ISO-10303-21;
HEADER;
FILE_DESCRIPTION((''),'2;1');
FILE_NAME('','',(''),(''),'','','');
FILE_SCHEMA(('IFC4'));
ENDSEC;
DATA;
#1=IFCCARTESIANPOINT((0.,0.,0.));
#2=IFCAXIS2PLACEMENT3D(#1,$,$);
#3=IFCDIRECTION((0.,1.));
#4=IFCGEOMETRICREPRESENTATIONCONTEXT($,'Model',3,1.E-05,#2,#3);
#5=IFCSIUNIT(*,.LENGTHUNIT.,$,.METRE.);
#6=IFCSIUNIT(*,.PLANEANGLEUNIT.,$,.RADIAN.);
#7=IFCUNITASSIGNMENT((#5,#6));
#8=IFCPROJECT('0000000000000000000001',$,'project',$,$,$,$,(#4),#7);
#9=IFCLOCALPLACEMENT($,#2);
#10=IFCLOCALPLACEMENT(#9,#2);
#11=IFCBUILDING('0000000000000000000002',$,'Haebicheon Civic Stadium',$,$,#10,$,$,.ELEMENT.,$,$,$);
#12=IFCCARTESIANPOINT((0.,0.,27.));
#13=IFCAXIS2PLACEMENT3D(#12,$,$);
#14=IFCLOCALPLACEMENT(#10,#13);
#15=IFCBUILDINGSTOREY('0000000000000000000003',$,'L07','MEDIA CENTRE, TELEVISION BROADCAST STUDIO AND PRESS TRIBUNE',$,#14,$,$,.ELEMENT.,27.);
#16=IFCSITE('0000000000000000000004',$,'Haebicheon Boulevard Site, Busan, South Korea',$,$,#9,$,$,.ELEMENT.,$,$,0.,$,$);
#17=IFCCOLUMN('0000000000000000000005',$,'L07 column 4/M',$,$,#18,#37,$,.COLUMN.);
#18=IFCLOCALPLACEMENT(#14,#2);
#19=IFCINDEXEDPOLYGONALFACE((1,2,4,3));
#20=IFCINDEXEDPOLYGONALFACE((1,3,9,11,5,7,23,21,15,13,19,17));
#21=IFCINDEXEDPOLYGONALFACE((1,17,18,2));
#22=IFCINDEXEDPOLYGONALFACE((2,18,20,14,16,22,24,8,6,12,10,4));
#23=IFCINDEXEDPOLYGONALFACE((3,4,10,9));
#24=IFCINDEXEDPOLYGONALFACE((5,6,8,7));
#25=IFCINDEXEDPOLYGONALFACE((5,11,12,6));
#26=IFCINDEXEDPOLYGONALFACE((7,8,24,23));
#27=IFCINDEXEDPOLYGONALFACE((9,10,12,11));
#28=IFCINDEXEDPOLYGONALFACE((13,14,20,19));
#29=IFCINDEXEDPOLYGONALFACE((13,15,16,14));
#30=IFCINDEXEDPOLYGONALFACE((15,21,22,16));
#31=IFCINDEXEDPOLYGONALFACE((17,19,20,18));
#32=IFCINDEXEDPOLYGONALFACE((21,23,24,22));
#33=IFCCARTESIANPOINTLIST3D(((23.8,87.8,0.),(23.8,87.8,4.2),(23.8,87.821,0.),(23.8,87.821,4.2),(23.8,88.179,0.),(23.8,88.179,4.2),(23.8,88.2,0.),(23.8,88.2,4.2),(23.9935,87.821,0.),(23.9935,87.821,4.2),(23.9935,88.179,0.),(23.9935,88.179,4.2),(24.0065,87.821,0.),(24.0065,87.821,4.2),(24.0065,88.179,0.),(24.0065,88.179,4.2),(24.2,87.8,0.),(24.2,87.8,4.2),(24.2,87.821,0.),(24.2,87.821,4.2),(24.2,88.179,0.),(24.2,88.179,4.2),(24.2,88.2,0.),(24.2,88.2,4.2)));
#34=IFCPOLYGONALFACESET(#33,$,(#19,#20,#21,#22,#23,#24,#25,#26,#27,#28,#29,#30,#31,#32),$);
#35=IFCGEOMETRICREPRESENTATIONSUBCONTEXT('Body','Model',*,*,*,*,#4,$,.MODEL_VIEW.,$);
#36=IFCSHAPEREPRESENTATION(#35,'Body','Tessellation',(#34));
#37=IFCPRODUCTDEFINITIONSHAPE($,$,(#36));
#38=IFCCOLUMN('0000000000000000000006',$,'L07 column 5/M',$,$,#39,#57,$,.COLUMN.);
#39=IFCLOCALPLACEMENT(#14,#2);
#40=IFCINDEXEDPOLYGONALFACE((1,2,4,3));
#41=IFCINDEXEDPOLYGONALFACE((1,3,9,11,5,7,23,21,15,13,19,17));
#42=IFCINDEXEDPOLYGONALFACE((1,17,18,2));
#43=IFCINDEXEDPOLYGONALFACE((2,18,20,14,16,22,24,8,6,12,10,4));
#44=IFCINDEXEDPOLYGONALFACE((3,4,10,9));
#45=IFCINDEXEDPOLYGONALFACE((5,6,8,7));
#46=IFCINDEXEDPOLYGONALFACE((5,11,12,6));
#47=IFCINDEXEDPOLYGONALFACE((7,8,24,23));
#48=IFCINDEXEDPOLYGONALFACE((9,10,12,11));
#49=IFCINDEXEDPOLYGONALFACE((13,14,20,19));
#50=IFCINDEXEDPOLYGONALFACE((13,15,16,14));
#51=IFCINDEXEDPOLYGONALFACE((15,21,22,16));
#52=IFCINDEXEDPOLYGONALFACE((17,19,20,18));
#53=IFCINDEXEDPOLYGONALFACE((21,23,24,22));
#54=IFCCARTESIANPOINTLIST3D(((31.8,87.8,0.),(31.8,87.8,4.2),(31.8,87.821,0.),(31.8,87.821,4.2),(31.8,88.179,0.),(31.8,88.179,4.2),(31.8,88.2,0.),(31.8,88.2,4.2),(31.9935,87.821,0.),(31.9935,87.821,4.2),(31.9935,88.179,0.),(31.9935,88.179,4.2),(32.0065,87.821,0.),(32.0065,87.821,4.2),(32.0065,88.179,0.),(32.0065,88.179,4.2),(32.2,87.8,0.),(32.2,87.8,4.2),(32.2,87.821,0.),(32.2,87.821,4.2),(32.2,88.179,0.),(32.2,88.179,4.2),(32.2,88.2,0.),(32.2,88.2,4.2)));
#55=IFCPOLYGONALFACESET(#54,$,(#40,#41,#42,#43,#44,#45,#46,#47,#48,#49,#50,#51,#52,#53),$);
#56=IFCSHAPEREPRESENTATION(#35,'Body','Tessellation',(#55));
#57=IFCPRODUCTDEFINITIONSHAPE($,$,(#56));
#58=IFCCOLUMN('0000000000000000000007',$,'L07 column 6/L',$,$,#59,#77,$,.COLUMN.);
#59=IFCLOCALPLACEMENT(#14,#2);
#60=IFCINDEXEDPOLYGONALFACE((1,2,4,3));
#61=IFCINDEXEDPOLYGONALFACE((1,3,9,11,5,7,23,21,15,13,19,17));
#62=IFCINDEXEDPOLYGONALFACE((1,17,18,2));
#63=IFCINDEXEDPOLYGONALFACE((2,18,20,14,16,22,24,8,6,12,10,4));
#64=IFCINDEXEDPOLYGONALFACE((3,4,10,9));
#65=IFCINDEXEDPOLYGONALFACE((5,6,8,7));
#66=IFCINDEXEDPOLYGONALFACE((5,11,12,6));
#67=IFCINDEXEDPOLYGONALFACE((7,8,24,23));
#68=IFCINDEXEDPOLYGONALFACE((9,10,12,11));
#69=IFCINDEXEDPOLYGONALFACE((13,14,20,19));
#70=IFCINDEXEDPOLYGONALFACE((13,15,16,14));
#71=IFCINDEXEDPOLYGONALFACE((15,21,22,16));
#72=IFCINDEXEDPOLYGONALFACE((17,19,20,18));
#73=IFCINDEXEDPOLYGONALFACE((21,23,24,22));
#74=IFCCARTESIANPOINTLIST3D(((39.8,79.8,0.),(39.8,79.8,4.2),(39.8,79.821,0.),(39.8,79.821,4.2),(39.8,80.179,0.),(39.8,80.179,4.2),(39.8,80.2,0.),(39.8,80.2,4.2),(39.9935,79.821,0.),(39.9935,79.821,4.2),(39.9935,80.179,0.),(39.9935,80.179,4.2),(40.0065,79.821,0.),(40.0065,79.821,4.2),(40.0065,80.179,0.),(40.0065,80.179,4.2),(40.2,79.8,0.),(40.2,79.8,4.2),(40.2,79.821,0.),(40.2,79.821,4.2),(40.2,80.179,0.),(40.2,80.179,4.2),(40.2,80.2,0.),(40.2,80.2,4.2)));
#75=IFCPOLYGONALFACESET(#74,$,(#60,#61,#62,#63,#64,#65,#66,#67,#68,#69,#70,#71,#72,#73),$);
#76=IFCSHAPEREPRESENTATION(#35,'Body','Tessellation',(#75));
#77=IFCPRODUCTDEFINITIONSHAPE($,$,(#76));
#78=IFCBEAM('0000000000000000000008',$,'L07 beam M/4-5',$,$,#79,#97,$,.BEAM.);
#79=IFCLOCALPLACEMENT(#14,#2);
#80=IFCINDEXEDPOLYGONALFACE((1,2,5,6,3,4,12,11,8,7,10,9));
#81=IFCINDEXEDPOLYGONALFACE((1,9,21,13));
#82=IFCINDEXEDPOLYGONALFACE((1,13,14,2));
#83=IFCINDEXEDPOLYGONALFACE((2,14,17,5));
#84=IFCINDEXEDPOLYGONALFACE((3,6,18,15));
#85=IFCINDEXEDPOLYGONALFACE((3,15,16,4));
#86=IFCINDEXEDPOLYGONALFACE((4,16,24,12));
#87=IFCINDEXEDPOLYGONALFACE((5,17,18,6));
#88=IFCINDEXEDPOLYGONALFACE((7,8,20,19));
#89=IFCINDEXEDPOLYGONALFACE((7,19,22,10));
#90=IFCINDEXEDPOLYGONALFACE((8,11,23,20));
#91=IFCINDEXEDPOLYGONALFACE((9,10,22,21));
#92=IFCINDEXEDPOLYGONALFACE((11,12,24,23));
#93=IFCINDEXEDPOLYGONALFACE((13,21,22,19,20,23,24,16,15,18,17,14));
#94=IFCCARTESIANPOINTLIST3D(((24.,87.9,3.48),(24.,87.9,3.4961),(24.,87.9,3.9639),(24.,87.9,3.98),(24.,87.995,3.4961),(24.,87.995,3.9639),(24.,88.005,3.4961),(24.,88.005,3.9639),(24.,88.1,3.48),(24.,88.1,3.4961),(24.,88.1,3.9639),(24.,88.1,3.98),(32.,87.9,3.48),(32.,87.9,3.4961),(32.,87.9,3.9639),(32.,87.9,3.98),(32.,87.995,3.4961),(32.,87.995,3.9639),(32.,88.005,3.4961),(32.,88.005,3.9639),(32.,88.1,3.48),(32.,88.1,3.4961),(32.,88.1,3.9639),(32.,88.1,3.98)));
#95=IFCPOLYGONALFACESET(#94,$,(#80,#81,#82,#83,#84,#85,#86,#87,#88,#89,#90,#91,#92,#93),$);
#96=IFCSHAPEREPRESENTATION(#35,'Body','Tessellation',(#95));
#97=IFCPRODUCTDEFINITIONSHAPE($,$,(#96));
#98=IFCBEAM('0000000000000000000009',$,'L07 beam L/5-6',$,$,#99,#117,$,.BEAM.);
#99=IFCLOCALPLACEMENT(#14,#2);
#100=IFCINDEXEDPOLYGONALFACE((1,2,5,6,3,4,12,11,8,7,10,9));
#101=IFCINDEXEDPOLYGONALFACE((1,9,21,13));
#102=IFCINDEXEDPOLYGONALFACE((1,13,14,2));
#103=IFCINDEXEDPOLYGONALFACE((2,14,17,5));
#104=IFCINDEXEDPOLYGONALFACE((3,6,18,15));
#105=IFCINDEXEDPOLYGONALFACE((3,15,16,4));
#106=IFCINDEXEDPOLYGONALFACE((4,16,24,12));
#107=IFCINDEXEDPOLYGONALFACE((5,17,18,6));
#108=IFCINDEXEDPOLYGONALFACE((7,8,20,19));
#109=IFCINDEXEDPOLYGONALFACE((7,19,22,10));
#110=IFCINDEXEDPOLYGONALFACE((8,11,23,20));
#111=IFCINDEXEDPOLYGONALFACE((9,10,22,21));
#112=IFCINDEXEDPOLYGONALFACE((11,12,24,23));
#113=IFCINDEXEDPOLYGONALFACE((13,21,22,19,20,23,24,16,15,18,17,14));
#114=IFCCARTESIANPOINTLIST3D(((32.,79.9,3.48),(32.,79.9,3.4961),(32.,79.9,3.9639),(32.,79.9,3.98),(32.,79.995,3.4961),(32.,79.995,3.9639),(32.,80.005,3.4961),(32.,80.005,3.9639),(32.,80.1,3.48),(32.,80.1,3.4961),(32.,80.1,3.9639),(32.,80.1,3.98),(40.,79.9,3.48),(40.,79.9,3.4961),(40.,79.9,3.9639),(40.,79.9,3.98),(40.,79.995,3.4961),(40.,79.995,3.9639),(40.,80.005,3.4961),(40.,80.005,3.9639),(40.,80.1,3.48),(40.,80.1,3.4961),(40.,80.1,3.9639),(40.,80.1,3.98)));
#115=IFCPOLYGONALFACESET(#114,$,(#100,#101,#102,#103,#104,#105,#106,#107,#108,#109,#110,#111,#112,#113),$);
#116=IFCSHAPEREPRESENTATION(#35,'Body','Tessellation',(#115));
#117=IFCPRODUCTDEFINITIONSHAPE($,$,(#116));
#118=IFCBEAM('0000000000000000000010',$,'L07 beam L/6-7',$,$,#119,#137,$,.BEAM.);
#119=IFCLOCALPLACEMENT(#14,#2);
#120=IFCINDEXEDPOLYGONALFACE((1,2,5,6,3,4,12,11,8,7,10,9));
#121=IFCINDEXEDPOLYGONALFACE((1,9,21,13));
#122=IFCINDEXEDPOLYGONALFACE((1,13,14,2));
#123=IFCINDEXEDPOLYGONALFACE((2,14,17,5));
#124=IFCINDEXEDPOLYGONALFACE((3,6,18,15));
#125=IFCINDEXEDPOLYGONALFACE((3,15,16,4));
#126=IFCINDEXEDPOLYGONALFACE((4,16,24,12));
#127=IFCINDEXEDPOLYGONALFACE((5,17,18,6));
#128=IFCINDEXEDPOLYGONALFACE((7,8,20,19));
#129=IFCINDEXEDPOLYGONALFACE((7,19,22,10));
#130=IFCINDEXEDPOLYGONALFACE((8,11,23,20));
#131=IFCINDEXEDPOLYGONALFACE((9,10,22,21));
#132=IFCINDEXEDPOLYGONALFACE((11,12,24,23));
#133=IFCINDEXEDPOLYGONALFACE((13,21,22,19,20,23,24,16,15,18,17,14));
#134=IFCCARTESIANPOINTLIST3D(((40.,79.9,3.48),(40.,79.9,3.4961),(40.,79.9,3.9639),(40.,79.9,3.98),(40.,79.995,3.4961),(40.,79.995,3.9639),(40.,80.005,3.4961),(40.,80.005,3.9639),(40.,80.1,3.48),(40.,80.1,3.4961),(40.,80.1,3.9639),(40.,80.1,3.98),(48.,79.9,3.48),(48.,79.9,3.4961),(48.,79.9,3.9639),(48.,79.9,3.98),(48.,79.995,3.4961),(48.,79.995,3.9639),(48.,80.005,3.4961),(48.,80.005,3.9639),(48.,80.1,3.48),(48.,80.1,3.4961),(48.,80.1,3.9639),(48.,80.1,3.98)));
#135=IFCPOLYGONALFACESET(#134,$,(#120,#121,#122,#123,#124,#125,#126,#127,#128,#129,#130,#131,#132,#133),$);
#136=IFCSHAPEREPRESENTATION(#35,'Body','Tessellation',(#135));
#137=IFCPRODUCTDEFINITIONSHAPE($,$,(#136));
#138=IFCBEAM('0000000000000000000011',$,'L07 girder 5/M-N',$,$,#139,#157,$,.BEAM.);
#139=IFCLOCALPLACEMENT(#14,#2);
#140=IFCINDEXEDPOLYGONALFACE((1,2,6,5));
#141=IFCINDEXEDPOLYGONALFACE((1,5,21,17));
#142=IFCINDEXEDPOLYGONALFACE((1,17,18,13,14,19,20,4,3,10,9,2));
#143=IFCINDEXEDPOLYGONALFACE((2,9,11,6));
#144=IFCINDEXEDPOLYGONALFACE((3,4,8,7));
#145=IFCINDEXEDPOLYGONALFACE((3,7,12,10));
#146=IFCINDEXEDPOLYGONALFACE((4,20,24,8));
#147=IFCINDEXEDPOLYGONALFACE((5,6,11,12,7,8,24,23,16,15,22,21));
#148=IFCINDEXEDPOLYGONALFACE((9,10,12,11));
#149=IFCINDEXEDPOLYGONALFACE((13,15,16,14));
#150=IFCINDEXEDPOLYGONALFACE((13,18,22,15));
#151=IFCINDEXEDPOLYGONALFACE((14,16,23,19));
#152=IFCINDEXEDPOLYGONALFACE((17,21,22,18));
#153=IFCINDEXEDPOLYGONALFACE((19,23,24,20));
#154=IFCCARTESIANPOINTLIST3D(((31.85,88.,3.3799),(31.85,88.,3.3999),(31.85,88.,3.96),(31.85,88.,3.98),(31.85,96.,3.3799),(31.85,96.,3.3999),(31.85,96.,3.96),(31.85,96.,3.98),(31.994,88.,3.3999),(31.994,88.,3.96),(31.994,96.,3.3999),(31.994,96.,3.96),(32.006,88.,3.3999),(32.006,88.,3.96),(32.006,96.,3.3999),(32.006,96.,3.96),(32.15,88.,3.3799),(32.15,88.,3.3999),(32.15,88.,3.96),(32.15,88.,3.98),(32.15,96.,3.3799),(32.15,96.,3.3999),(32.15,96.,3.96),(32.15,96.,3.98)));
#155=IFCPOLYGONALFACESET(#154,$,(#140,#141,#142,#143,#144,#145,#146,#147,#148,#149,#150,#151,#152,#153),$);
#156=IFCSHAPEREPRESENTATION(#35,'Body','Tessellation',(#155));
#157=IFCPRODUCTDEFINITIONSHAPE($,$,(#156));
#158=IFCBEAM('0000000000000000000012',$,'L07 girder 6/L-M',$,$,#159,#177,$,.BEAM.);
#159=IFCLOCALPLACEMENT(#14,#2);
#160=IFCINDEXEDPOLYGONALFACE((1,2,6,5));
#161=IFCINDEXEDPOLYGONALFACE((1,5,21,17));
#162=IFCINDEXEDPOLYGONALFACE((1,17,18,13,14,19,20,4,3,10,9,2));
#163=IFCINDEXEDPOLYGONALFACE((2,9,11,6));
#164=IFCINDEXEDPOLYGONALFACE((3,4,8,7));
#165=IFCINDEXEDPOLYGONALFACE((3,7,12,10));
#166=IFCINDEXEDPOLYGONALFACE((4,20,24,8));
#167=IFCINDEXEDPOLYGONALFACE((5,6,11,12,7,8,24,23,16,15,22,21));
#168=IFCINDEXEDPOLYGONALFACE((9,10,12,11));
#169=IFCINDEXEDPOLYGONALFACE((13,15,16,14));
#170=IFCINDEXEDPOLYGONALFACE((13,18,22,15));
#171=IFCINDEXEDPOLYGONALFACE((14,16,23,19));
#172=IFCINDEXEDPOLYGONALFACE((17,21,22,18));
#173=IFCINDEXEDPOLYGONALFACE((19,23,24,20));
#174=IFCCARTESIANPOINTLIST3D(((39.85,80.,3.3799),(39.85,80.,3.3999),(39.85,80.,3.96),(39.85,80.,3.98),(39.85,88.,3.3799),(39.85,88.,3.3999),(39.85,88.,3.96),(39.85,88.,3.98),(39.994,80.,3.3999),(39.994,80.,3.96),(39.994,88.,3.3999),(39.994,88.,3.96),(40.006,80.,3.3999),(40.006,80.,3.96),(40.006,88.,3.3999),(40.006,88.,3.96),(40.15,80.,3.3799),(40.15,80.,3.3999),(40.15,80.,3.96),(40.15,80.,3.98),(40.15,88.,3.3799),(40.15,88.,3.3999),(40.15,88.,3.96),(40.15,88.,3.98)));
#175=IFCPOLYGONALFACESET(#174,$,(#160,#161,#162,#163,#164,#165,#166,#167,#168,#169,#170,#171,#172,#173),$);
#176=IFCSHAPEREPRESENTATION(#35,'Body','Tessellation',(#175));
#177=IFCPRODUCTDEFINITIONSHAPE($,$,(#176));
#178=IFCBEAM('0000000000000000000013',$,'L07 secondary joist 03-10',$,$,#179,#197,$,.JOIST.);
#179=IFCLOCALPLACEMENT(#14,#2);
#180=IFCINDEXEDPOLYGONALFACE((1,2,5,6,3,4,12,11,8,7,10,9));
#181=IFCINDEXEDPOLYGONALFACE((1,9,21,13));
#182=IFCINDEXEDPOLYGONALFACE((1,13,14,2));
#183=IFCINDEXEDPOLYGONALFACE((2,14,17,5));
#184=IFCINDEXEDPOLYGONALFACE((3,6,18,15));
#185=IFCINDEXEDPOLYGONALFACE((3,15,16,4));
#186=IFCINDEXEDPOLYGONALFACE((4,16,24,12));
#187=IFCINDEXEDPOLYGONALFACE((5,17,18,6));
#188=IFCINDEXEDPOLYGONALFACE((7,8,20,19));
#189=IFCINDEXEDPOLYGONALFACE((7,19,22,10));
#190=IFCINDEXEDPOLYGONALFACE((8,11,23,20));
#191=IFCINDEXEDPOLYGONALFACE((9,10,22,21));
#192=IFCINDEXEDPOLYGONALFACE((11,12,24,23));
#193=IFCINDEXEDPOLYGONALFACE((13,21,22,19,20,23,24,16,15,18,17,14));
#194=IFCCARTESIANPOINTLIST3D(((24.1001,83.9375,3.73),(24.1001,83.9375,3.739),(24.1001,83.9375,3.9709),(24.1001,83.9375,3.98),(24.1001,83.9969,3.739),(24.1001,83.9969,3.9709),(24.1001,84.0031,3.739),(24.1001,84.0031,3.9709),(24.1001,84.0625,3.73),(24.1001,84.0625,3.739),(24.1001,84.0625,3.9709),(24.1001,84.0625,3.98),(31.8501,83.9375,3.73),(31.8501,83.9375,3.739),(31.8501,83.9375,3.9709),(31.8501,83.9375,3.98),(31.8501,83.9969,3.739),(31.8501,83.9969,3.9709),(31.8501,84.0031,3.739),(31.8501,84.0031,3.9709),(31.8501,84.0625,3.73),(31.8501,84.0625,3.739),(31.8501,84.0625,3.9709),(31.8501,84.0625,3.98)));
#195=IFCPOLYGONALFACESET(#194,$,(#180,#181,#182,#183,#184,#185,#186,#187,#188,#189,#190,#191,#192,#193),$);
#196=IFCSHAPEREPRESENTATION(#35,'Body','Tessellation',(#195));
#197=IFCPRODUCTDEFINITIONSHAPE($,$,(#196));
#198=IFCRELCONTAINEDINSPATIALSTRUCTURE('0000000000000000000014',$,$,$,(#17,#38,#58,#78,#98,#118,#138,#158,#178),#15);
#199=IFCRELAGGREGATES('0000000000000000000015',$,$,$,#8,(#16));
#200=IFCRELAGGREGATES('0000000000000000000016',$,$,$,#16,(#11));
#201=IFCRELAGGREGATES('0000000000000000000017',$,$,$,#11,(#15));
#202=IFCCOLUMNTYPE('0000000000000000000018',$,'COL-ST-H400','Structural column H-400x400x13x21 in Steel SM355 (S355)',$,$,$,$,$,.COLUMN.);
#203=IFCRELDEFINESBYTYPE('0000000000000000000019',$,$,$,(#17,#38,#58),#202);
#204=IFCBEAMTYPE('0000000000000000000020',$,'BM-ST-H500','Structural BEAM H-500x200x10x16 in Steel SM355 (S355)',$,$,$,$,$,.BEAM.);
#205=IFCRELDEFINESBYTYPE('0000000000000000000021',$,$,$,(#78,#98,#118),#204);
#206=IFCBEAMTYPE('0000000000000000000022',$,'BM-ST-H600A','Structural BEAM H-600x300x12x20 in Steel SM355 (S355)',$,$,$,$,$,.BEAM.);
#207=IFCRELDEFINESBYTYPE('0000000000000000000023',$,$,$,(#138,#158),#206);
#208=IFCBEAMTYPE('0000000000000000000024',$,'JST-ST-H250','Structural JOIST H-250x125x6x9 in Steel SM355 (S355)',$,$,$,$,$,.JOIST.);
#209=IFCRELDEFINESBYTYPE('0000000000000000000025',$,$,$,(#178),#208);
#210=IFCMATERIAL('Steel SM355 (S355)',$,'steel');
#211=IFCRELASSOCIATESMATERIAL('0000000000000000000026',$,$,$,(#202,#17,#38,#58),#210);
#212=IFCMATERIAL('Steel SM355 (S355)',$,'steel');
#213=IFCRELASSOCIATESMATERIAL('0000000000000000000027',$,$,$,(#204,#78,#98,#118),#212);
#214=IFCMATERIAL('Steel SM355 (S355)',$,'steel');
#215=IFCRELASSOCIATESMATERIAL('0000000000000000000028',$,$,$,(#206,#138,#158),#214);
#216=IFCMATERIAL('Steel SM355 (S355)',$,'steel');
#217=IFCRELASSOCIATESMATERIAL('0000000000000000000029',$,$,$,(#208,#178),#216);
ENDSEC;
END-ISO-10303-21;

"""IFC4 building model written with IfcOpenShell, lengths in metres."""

from ifc_helpers import new_model, si_unit, direction, frame, origin, origin_2d, place, context, subcontext, project, spatial, i_section, extrude, material, material_profile, profile_set, type_object, element, save


model = new_model("IFC4")

# Units and contexts
model_context = context("Model", 3, precision=1e-05, world=origin(), true_north=direction((0.0, 1.0)))
body_context = subcontext(model_context, "Body", "Model", "MODEL_VIEW")
ifc_project = project(units=[si_unit("LENGTHUNIT", "METRE"), si_unit("PLANEANGLEUNIT", "RADIAN")], contexts=[model_context])

# Site, building, storey
site_placement = place(None, origin())
site = spatial("IfcSite", under=ifc_project, at=site_placement, Name="Haebicheon Boulevard Site, Busan, South Korea", CompositionType="ELEMENT", RefElevation=0.0)
building_placement = place(site_placement, origin())
building = spatial("IfcBuilding", under=site, at=building_placement, Name="Haebicheon Civic Stadium", CompositionType="ELEMENT")
storey_placement = place(building_placement, frame((0.0, 0.0, 27.0)))
storey = spatial("IfcBuildingStorey", under=building, at=storey_placement, Name="L07", Description="MEDIA CENTRE, TELEVISION BROADCAST STUDIO AND PRESS TRIBUNE", CompositionType="ELEMENT", Elevation=27.0)

# Columns
ifc_material_1 = material(Name="Steel SM355 (S355)", Category="steel")
ifc_material_profile_1 = material_profile(ifc_material_1, i_section(OverallWidth=0.3999, OverallDepth=0.3999, WebThickness=0.0129, FlangeThickness=0.021, at=origin_2d()), Name="H-400x400x13x21")
ifc_profile_set_1 = profile_set([ifc_material_profile_1], Name="Steel SM355 (S355)")
column_type = type_object("IfcColumnType", Name="COL-ST-H400", Description="Structural column H-400x400x13x21 in Steel SM355 (S355)", PredefinedType="COLUMN", material=ifc_profile_set_1)
for number, where, z_axis, x_axis, name in (
    (1, (24.0, 88.0, 0.0), (0.0, 0.0, 1.0), (1.0, 0.0, 0.0), "L07 column 4/M"),
    (2, (32.0, 88.0, 0.0), (0.0, 0.0, 1.0), (1.0, 0.0, 0.0), "L07 column 5/M"),
    (3, (40.0, 80.0, 0.0), (0.0, 0.0, 1.0), (1.0, 0.0, 0.0), "L07 column 6/L"),
):
    element("IfcColumn", number, at=place(storey_placement, frame(where, z_axis=z_axis, x_axis=x_axis)), inside=storey, type_object=column_type, material=ifc_profile_set_1, Name=name, PredefinedType="COLUMN", context=body_context, shape_type="SweptSolid", body=[
        extrude(i_section(OverallWidth=0.3999, OverallDepth=0.3999, WebThickness=0.0129, FlangeThickness=0.021, at=origin_2d()), origin(), (0.0, 0.0, 1.0), 4.2),
    ])

# Beams
ifc_material_2 = material(Name="Steel SM355 (S355)", Category="steel")
ifc_material_profile_2 = material_profile(ifc_material_2, i_section(OverallWidth=0.2, OverallDepth=0.5, WebThickness=0.01, FlangeThickness=0.0161, at=origin_2d()), Name="H-500x200x10x16")
ifc_profile_set_2 = profile_set([ifc_material_profile_2], Name="Steel SM355 (S355)")
beam_type_1 = type_object("IfcBeamType", Name="BM-ST-H500", Description="Structural BEAM H-500x200x10x16 in Steel SM355 (S355)", PredefinedType="BEAM", material=ifc_profile_set_2)
for number, where, z_axis, x_axis, name in (
    (4, (24.0, 88.0, 3.73), (1.0, 0.0, 0.0), (0.0, 1.0, 0.0), "L07 beam M/4-5"),
    (5, (32.0, 80.0, 3.73), (1.0, 0.0, 0.0), (0.0, 1.0, 0.0), "L07 beam L/5-6"),
    (6, (40.0, 80.0, 3.73), (1.0, 0.0, 0.0), (0.0, 1.0, 0.0), "L07 beam L/6-7"),
):
    element("IfcBeam", number, at=place(storey_placement, frame(where, z_axis=z_axis, x_axis=x_axis)), inside=storey, type_object=beam_type_1, material=ifc_profile_set_2, Name=name, PredefinedType="BEAM", context=body_context, shape_type="SweptSolid", body=[
        extrude(i_section(OverallWidth=0.2, OverallDepth=0.5, WebThickness=0.01, FlangeThickness=0.0161, at=origin_2d()), origin(), (0.0, 0.0, 1.0), 8.0),
    ])
ifc_material_3 = material(Name="Steel SM355 (S355)", Category="steel")
ifc_material_profile_3 = material_profile(ifc_material_3, i_section(OverallWidth=0.3, OverallDepth=0.6001, WebThickness=0.012, FlangeThickness=0.02, at=origin_2d()), Name="H-600x300x12x20")
ifc_profile_set_3 = profile_set([ifc_material_profile_3], Name="Steel SM355 (S355)")
beam_type_2 = type_object("IfcBeamType", Name="BM-ST-H600A", Description="Structural BEAM H-600x300x12x20 in Steel SM355 (S355)", PredefinedType="BEAM", material=ifc_profile_set_3)
for number, where, z_axis, x_axis, name in (
    (7, (32.0, 88.0, 3.6799), (0.0, 1.0, 0.0), (-1.0, 0.0, 0.0), "L07 girder 5/M-N"),
    (8, (40.0, 80.0, 3.6799), (0.0, 1.0, 0.0), (-1.0, 0.0, 0.0), "L07 girder 6/L-M"),
):
    element("IfcBeam", number, at=place(storey_placement, frame(where, z_axis=z_axis, x_axis=x_axis)), inside=storey, type_object=beam_type_2, material=ifc_profile_set_3, Name=name, PredefinedType="BEAM", context=body_context, shape_type="SweptSolid", body=[
        extrude(i_section(OverallWidth=0.3, OverallDepth=0.6001, WebThickness=0.012, FlangeThickness=0.02, at=origin_2d()), origin(), (0.0, 0.0, 1.0), 8.0),
    ])
ifc_material_4 = material(Name="Steel SM355 (S355)", Category="steel")
ifc_material_profile_4 = material_profile(ifc_material_4, i_section(OverallWidth=0.125, OverallDepth=0.25, WebThickness=0.0061, FlangeThickness=0.009, at=origin_2d()), Name="H-250x125x6x9")
ifc_profile_set_4 = profile_set([ifc_material_profile_4], Name="Steel SM355 (S355)")
beam_type_3 = type_object("IfcBeamType", Name="JST-ST-H250", Description="Structural JOIST H-250x125x6x9 in Steel SM355 (S355)", PredefinedType="JOIST", material=ifc_profile_set_4)
beam_1_placement = place(storey_placement, frame((24.1001, 84.0, 3.855), z_axis=(1.0, 0.0, 0.0), x_axis=(0.0, 1.0, 0.0)))
element("IfcBeam", 9, at=beam_1_placement, inside=storey, type_object=beam_type_3, material=ifc_profile_set_4, Name="L07 secondary joist 03-10", PredefinedType="JOIST", context=body_context, shape_type="SweptSolid", body=[
    extrude(i_section(OverallWidth=0.125, OverallDepth=0.25, WebThickness=0.0061, FlangeThickness=0.009, at=origin_2d()), origin(), (0.0, 0.0, 1.0), 7.75),
])

save(model, "model.ifc")
